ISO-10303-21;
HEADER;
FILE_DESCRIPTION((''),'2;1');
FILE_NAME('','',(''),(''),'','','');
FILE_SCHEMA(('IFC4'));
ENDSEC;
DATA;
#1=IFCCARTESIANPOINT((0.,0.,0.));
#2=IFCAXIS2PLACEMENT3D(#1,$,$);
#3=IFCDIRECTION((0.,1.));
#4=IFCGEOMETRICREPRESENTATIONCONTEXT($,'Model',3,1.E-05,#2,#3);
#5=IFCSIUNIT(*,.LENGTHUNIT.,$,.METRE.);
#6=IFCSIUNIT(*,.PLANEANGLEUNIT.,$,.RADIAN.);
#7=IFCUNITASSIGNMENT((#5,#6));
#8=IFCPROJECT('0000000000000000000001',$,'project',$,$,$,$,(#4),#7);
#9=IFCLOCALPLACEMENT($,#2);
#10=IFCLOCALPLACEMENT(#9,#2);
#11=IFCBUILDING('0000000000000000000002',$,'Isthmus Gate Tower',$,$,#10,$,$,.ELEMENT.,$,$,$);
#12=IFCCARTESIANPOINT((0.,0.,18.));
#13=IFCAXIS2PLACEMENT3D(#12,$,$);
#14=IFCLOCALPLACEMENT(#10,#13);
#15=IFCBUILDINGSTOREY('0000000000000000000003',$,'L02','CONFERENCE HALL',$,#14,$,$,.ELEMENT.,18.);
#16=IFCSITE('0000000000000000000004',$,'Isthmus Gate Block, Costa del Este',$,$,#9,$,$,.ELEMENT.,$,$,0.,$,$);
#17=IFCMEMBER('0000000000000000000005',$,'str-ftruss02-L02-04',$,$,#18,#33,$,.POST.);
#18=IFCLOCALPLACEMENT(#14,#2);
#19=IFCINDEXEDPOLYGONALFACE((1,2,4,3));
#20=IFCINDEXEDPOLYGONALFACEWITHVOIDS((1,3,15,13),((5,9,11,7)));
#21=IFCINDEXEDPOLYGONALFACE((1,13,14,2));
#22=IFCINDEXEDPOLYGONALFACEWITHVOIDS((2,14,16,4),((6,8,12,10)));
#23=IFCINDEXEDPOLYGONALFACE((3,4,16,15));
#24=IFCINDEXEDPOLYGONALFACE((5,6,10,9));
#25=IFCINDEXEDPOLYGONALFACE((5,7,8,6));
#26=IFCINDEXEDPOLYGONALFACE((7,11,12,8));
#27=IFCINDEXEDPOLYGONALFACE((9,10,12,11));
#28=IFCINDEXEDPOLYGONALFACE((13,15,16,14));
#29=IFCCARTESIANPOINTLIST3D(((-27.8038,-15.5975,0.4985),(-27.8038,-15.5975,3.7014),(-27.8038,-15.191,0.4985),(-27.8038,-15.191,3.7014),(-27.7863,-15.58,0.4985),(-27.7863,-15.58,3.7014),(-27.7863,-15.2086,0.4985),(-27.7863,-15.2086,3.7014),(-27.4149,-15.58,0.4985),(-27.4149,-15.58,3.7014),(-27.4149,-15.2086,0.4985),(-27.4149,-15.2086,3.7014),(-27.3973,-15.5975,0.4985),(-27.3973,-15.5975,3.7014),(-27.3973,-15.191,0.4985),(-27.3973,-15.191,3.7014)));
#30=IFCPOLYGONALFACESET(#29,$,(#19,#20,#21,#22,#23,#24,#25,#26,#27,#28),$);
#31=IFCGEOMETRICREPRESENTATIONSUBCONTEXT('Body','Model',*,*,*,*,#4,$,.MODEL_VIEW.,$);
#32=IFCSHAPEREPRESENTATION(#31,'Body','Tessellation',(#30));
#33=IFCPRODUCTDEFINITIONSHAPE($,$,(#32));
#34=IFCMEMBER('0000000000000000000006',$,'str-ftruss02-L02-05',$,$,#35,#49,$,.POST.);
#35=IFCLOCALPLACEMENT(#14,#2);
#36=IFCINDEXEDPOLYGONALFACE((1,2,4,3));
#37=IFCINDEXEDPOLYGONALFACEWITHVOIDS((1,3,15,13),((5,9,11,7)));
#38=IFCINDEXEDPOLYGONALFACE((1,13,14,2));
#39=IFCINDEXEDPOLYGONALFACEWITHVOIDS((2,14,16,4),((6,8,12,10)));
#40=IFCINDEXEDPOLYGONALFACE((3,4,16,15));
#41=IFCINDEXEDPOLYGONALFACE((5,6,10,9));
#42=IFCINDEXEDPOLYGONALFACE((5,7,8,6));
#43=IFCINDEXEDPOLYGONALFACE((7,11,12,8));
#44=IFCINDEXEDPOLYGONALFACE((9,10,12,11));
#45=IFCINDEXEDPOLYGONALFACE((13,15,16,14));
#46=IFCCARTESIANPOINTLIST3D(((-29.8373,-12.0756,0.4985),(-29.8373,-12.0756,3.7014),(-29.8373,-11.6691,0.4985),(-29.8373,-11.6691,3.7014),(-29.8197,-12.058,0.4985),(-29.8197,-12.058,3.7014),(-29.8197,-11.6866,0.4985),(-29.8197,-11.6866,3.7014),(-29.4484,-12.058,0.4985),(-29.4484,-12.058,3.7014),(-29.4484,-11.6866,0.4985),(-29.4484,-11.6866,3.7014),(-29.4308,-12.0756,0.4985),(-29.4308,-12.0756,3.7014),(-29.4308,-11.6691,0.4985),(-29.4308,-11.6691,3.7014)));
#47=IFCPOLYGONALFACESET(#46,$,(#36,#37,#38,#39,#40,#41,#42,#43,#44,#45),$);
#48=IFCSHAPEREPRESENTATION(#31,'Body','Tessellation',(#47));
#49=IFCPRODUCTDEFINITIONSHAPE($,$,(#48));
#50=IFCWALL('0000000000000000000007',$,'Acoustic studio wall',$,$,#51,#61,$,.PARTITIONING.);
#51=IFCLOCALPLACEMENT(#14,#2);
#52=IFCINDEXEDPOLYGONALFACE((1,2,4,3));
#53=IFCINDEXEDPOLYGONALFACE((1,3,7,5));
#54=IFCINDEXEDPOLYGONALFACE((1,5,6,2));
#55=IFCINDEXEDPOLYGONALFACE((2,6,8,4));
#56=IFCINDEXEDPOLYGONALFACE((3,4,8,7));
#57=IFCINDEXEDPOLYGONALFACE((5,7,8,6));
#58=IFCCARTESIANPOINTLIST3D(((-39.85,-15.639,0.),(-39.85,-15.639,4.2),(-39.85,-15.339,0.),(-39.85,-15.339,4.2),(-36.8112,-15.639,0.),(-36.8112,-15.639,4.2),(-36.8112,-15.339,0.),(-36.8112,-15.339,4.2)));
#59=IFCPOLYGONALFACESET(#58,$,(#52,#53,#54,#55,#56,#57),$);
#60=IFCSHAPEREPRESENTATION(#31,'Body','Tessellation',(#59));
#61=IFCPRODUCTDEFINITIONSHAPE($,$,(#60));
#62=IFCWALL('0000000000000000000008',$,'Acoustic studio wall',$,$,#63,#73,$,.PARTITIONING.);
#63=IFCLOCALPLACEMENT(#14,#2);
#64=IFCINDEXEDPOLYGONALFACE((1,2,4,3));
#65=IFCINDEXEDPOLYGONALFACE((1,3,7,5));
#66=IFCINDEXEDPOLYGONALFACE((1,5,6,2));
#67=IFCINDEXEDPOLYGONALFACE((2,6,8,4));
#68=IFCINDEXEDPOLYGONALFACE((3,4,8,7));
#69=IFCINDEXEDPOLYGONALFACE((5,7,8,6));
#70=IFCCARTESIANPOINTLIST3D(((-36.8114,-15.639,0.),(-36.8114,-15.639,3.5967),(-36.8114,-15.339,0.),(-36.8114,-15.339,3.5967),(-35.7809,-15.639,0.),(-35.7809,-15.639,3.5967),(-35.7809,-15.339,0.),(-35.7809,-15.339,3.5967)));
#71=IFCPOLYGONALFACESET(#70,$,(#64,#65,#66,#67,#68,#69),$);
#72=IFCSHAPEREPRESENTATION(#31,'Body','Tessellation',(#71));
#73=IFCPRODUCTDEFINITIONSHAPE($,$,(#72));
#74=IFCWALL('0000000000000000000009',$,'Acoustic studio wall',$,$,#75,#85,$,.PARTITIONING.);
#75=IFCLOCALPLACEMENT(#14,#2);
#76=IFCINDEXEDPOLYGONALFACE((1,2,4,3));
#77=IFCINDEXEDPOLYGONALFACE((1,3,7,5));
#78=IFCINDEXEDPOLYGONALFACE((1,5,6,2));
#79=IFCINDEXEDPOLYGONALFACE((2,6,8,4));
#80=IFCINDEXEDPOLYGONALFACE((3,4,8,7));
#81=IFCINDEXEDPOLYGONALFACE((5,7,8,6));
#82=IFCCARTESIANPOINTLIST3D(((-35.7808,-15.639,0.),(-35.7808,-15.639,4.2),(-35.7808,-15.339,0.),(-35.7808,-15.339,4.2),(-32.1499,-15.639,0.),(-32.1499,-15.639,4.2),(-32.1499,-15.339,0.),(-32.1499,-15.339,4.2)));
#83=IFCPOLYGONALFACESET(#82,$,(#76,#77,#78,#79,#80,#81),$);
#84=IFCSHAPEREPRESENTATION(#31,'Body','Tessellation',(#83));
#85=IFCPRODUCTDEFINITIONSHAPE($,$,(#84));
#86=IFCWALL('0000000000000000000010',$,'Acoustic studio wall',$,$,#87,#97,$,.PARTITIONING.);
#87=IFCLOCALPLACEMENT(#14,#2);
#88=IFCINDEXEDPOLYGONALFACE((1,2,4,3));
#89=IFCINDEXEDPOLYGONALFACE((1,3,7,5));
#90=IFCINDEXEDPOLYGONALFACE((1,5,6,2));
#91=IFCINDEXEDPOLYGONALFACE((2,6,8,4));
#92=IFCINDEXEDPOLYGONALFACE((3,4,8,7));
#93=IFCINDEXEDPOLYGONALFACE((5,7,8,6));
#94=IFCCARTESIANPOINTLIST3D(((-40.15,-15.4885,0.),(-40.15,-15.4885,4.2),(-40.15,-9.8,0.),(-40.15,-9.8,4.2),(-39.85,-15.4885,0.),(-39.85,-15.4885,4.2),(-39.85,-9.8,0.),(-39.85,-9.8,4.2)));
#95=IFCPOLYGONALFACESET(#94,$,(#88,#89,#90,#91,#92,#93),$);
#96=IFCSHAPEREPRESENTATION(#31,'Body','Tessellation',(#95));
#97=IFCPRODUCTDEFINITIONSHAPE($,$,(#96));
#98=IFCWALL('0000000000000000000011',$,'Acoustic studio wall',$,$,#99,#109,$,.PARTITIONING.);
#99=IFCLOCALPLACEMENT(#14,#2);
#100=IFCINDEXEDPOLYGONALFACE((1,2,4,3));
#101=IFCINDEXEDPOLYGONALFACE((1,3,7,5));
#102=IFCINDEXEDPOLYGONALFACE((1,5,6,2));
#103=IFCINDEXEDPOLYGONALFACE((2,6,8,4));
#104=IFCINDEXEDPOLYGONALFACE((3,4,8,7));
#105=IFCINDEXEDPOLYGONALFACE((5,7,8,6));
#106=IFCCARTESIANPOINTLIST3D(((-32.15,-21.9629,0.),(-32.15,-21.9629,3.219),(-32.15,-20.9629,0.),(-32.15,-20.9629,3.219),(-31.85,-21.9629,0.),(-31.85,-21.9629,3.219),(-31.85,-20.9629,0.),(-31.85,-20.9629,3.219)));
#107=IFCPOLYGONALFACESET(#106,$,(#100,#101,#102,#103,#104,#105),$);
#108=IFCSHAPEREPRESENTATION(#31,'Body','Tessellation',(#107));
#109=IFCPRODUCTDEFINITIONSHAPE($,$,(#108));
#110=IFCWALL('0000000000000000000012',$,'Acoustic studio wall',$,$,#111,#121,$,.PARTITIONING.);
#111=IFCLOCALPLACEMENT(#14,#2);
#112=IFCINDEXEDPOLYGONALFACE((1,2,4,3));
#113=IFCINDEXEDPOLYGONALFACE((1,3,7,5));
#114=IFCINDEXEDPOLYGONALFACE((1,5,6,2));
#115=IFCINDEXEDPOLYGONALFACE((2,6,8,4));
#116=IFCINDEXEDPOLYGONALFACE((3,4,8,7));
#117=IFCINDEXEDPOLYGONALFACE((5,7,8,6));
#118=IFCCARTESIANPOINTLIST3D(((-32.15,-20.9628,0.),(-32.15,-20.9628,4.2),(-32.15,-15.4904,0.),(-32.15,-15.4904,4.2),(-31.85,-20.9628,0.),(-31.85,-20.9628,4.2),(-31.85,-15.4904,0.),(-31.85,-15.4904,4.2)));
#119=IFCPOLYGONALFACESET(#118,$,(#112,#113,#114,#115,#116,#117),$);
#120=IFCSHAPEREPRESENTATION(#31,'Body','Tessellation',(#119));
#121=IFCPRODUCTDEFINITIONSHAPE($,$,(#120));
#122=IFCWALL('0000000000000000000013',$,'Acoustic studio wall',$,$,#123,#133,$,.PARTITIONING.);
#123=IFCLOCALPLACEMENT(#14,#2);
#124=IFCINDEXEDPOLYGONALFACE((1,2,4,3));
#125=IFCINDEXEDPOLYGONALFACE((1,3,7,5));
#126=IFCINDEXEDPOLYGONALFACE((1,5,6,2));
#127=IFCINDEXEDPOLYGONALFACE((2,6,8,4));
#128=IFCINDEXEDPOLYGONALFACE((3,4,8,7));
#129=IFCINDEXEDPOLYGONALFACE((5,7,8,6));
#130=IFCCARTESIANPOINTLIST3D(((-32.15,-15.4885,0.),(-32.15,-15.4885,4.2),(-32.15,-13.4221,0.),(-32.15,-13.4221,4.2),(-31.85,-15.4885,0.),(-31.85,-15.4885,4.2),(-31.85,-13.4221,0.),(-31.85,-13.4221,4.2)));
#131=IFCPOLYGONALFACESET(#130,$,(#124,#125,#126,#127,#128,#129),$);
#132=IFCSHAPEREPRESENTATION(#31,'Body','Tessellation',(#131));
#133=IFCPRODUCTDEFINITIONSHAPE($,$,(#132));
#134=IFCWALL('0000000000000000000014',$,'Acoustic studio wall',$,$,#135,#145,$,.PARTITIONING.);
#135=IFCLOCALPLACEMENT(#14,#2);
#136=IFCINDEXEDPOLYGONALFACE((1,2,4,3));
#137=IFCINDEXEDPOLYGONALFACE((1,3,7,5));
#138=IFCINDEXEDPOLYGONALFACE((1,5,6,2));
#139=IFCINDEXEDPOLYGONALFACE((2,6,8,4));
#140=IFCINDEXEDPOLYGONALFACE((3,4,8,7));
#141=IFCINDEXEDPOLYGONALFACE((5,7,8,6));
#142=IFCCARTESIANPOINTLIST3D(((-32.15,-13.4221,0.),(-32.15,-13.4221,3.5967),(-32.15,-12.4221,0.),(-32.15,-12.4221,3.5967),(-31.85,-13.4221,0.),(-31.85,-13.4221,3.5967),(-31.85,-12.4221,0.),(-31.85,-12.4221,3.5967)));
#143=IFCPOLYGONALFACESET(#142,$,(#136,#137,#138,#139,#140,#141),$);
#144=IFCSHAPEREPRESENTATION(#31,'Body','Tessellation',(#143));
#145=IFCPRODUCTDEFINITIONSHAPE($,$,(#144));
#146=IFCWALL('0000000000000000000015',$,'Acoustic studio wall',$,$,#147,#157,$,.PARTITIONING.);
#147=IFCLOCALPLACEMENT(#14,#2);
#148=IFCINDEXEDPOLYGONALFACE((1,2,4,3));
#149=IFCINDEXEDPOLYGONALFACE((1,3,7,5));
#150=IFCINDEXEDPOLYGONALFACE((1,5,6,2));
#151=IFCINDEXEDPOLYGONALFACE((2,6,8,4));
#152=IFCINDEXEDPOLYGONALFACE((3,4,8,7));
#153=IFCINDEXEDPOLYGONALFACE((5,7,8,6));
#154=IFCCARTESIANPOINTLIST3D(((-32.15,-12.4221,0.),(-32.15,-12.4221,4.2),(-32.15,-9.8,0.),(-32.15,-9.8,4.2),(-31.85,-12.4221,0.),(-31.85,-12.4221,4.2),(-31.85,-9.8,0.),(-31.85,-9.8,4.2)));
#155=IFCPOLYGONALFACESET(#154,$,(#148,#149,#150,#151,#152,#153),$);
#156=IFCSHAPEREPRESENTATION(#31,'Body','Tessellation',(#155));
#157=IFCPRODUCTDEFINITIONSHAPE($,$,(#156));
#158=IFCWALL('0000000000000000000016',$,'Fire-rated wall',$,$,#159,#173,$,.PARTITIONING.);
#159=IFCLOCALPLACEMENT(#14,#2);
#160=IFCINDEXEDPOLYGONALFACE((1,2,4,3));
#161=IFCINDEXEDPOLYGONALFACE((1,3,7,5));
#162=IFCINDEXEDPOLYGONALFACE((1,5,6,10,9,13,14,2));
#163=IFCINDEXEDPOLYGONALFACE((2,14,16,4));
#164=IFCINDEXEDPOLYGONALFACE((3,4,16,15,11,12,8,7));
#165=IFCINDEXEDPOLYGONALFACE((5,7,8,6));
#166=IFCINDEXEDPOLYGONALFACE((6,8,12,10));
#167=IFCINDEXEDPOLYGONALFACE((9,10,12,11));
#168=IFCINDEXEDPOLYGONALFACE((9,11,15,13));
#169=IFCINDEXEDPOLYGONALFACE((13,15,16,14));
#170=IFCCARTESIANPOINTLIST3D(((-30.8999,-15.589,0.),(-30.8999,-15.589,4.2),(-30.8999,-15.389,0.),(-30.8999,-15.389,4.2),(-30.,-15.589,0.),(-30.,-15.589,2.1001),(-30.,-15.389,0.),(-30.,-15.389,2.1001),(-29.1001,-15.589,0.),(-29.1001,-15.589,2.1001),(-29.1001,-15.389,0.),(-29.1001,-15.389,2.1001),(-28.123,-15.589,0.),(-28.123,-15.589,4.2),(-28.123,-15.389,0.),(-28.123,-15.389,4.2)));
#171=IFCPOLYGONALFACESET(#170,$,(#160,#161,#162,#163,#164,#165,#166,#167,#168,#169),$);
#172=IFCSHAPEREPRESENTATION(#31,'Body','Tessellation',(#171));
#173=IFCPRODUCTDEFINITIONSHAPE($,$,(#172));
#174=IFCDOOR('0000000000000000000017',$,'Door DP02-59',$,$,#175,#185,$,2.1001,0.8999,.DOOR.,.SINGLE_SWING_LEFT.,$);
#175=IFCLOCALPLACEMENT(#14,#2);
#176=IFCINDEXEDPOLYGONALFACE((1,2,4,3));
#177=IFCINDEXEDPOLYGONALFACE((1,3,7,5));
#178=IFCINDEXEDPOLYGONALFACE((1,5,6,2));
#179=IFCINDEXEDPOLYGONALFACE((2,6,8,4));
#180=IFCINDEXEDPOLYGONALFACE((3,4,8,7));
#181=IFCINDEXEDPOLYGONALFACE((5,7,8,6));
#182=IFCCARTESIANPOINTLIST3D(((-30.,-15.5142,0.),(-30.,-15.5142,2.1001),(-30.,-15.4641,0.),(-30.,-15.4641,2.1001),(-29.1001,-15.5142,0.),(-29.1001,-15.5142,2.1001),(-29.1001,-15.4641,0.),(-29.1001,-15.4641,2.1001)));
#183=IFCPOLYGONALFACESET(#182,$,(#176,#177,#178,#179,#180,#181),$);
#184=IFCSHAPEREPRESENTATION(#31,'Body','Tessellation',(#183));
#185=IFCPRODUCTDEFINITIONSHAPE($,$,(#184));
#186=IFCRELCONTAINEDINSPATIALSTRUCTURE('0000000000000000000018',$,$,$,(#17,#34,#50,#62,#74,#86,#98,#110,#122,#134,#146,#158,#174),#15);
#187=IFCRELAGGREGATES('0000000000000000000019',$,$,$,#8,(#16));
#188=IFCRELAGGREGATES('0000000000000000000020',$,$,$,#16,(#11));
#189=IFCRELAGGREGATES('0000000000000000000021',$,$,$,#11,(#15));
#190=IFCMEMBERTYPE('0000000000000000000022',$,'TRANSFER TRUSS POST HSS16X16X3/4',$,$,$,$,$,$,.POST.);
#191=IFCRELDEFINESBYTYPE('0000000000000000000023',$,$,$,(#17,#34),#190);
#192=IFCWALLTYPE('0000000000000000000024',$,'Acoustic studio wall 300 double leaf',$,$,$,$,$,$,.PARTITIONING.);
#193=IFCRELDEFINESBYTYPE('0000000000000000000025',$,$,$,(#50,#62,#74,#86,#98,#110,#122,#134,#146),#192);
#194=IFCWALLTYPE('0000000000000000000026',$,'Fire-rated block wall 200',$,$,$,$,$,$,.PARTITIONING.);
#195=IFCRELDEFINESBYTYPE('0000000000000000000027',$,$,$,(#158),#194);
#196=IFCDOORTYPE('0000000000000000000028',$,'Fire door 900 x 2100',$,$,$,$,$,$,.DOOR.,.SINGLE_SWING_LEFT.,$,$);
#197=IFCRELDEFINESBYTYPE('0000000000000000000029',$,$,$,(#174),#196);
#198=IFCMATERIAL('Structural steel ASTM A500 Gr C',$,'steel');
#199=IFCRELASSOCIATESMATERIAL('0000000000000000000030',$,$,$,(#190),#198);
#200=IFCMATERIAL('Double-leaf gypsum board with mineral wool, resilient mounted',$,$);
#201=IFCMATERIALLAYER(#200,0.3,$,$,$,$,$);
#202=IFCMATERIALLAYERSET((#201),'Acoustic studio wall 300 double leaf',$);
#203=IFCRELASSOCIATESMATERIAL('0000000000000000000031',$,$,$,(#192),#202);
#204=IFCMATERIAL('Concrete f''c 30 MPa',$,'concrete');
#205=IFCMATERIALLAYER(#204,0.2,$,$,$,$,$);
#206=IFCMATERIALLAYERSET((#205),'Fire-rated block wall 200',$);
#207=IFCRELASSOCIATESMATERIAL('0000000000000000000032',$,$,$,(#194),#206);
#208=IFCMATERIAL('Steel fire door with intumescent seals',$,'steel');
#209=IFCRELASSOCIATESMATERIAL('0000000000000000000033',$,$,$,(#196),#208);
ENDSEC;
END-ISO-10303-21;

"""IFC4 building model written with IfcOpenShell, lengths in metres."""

from ifc_helpers import new_model, si_unit, direction, frame, frame_2d, origin, origin_2d, place, context, subcontext, project, spatial, rectangle, hollow_rectangle, extrude, material, layer, layer_set, material_profile, profile_set, type_object, element, fill, save


model = new_model("IFC4")

# Units and contexts
model_context = context("Model", 3, precision=1e-05, world=origin(), true_north=direction((0.0, 1.0)))
body_context = subcontext(model_context, "Body", "Model", "MODEL_VIEW")
ifc_project = project(units=[si_unit("LENGTHUNIT", "METRE"), si_unit("PLANEANGLEUNIT", "RADIAN")], contexts=[model_context])

# Site, building, storey
site_placement = place(None, origin())
site = spatial("IfcSite", under=ifc_project, at=site_placement, Name="Isthmus Gate Block, Costa del Este", CompositionType="ELEMENT", RefElevation=0.0)
building_placement = place(site_placement, origin())
building = spatial("IfcBuilding", under=site, at=building_placement, Name="Isthmus Gate Tower", CompositionType="ELEMENT")
storey_placement = place(building_placement, frame((0.0, 0.0, 18.0)))
storey = spatial("IfcBuildingStorey", under=building, at=storey_placement, Name="L02", Description="CONFERENCE HALL", CompositionType="ELEMENT", Elevation=18.0)

# Members
ifc_material_1 = material(Name="Structural steel ASTM A500 Gr C", Category="steel")
ifc_material_profile_1 = material_profile(ifc_material_1, hollow_rectangle(XDim=0.4065, YDim=0.4065, WallThickness=0.0176, at=origin_2d()), Name="HSS16X16X3/4")
ifc_profile_set_1 = profile_set([ifc_material_profile_1], Name="Structural steel ASTM A500 Gr C")
member_type_1 = type_object("IfcMemberType", Name="TRANSFER TRUSS POST HSS16X16X3/4", PredefinedType="POST", material=ifc_profile_set_1)
for number, where, z_axis, x_axis, name in (
    (1, (-27.6006, -15.3943, 0.4985), (0.0, 0.0, 1.0), (1.0, 0.0, 0.0), "str-ftruss02-L02-04"),
    (2, (-29.634, -11.8723, 0.4985), (0.0, 0.0, 1.0), (1.0, 0.0, 0.0), "str-ftruss02-L02-05"),
):
    element("IfcMember", number, at=place(storey_placement, frame(where, z_axis=z_axis, x_axis=x_axis)), inside=storey, type_object=member_type_1, Name=name, PredefinedType="POST", context=body_context, shape_type="SweptSolid", body=[
        extrude(hollow_rectangle(XDim=0.4065, YDim=0.4065, WallThickness=0.0176, at=origin_2d()), origin(), (0.0, 0.0, 1.0), 3.2029),
    ])

# Walls
ifc_material_2 = material(Name="Double-leaf gypsum board with mineral wool, resilient mounted")
ifc_layer_1 = layer(ifc_material_2, 0.3)
ifc_layer_set_1 = layer_set([ifc_layer_1], Name="Acoustic studio wall 300 double leaf")
wall_type_1 = type_object("IfcWallType", Name="Acoustic studio wall 300 double leaf", PredefinedType="PARTITIONING", material=ifc_layer_set_1)
wall_1_placement = place(storey_placement, frame((-39.8501, -15.489, 0.0), z_axis=(0.0, 0.0, 1.0), x_axis=(1.0, 0.0, 0.0)))
element("IfcWall", 3, at=wall_1_placement, inside=storey, type_object=wall_type_1, Name="Acoustic studio wall", PredefinedType="PARTITIONING", context=body_context, shape_type="SweptSolid", body=[
    extrude(rectangle(XDim=3.0388, YDim=0.3, at=frame_2d((1.5195, 0.0))), origin(), (0.0, 0.0, 1.0), 4.2),
])
wall_2_placement = place(storey_placement, frame((-36.8113, -15.489, 0.0), z_axis=(0.0, 0.0, 1.0), x_axis=(1.0, 0.0, 0.0)))
element("IfcWall", 4, at=wall_2_placement, inside=storey, type_object=wall_type_1, Name="Acoustic studio wall", PredefinedType="PARTITIONING", context=body_context, shape_type="SweptSolid", body=[
    extrude(rectangle(XDim=1.0305, YDim=0.3, at=frame_2d((0.5151, 0.0))), origin(), (0.0, 0.0, 1.0), 3.5967),
])
wall_3_placement = place(storey_placement, frame((-35.7808, -15.489, 0.0), z_axis=(0.0, 0.0, 1.0), x_axis=(1.0, 0.0, 0.0)))
element("IfcWall", 5, at=wall_3_placement, inside=storey, type_object=wall_type_1, Name="Acoustic studio wall", PredefinedType="PARTITIONING", context=body_context, shape_type="SweptSolid", body=[
    extrude(rectangle(XDim=3.6309, YDim=0.3, at=frame_2d((1.8154, 0.0))), origin(), (0.0, 0.0, 1.0), 4.2),
])
wall_4_placement = place(storey_placement, frame((-40.0, -15.4885, 0.0), z_axis=(0.0, 0.0, 1.0), x_axis=(0.0, 1.0, 0.0)))
element("IfcWall", 6, at=wall_4_placement, inside=storey, type_object=wall_type_1, Name="Acoustic studio wall", PredefinedType="PARTITIONING", context=body_context, shape_type="SweptSolid", body=[
    extrude(rectangle(XDim=5.6885, YDim=0.3, at=frame_2d((2.8442, 0.0))), origin(), (0.0, 0.0, 1.0), 4.2),
])
wall_5_placement = place(storey_placement, frame((-32.0, -21.9629, 0.0), z_axis=(0.0, 0.0, 1.0), x_axis=(0.0, 1.0, 0.0)))
element("IfcWall", 7, at=wall_5_placement, inside=storey, type_object=wall_type_1, Name="Acoustic studio wall", PredefinedType="PARTITIONING", context=body_context, shape_type="SweptSolid", body=[
    extrude(rectangle(XDim=1.0, YDim=0.3, at=frame_2d((0.5, 0.0))), origin(), (0.0, 0.0, 1.0), 3.219),
])
wall_6_placement = place(storey_placement, frame((-32.0, -20.9629, 0.0), z_axis=(0.0, 0.0, 1.0), x_axis=(0.0, 1.0, 0.0)))
element("IfcWall", 8, at=wall_6_placement, inside=storey, type_object=wall_type_1, Name="Acoustic studio wall", PredefinedType="PARTITIONING", context=body_context, shape_type="SweptSolid", body=[
    extrude(rectangle(XDim=5.4724, YDim=0.3, at=frame_2d((2.7363, 0.0))), origin(), (0.0, 0.0, 1.0), 4.2),
])
wall_7_placement = place(storey_placement, frame((-32.0, -15.4885, 0.0), z_axis=(0.0, 0.0, 1.0), x_axis=(0.0, 1.0, 0.0)))
element("IfcWall", 9, at=wall_7_placement, inside=storey, type_object=wall_type_1, Name="Acoustic studio wall", PredefinedType="PARTITIONING", context=body_context, shape_type="SweptSolid", body=[
    extrude(rectangle(XDim=2.0664, YDim=0.3, at=frame_2d((1.0332, 0.0))), origin(), (0.0, 0.0, 1.0), 4.2),
])
wall_8_placement = place(storey_placement, frame((-32.0, -13.4221, 0.0), z_axis=(0.0, 0.0, 1.0), x_axis=(0.0, 1.0, 0.0)))
element("IfcWall", 10, at=wall_8_placement, inside=storey, type_object=wall_type_1, Name="Acoustic studio wall", PredefinedType="PARTITIONING", context=body_context, shape_type="SweptSolid", body=[
    extrude(rectangle(XDim=1.0, YDim=0.3, at=frame_2d((0.5, 0.0))), origin(), (0.0, 0.0, 1.0), 3.5967),
])
wall_9_placement = place(storey_placement, frame((-32.0, -12.4221, 0.0), z_axis=(0.0, 0.0, 1.0), x_axis=(0.0, 1.0, 0.0)))
element("IfcWall", 11, at=wall_9_placement, inside=storey, type_object=wall_type_1, Name="Acoustic studio wall", PredefinedType="PARTITIONING", context=body_context, shape_type="SweptSolid", body=[
    extrude(rectangle(XDim=2.6221, YDim=0.3, at=frame_2d((1.311, 0.0))), origin(), (0.0, 0.0, 1.0), 4.2),
])

# Wall, opening, door
ifc_material_3 = material(Name="Concrete f'c 30 MPa", Category="concrete")
ifc_layer_2 = layer(ifc_material_3, 0.2)
ifc_layer_set_2 = layer_set([ifc_layer_2], Name="Fire-rated block wall 200")
wall_type_2 = type_object("IfcWallType", Name="Fire-rated block wall 200", PredefinedType="PARTITIONING", material=ifc_layer_set_2)
wall_10_placement = place(storey_placement, frame((-30.8999, -15.489, 0.0), z_axis=(0.0, 0.0, 1.0), x_axis=(1.0, 0.0, 0.0)))
wall_10 = element("IfcWall", 12, at=wall_10_placement, inside=storey, type_object=wall_type_2, Name="Fire-rated wall", PredefinedType="PARTITIONING", context=body_context, shape_type="SweptSolid", body=[
    extrude(rectangle(XDim=2.7769, YDim=0.2, at=frame_2d((1.3884, 0.0))), origin(), (0.0, 0.0, 1.0), 4.2),
])
opening_placement = place(wall_10_placement, frame((0.8999, 0.0, 0.0)))
opening = element("IfcOpeningElement", 13, at=opening_placement, cuts=wall_10, PredefinedType="OPENING", context=body_context, shape_type="SweptSolid", body=[
    extrude(rectangle(XDim=0.8999, YDim=2.1001, at=frame_2d((0.45, 1.05))), frame((0.0, 0.1099, 0.0), z_axis=(0.0, -1.0, 0.0), x_axis=(1.0, 0.0, 0.0)), (0.0, 0.0, 1.0), 0.22),
])
ifc_material_4 = material(Name="Steel fire door with intumescent seals", Category="steel")
door_type = type_object("IfcDoorType", Name="Fire door 900 x 2100", OperationType="SINGLE_SWING_LEFT", PredefinedType="DOOR", material=ifc_material_4)
door_placement = place(opening_placement, origin())
door = element("IfcDoor", 14, at=door_placement, inside=storey, type_object=door_type, Name="Door DP02-59", OperationType="SINGLE_SWING_LEFT", OverallHeight=2.1001, OverallWidth=0.8999, PredefinedType="DOOR", context=body_context, shape_type="SweptSolid", body=[
    extrude(rectangle(XDim=0.8999, YDim=2.1001, at=frame_2d((0.45, 1.05))), frame((0.0, 0.0249, 0.0), z_axis=(0.0, -1.0, 0.0), x_axis=(1.0, 0.0, 0.0)), (0.0, 0.0, 1.0), 0.05),
])
fill(opening, door)

save(model, "model.ifc")
